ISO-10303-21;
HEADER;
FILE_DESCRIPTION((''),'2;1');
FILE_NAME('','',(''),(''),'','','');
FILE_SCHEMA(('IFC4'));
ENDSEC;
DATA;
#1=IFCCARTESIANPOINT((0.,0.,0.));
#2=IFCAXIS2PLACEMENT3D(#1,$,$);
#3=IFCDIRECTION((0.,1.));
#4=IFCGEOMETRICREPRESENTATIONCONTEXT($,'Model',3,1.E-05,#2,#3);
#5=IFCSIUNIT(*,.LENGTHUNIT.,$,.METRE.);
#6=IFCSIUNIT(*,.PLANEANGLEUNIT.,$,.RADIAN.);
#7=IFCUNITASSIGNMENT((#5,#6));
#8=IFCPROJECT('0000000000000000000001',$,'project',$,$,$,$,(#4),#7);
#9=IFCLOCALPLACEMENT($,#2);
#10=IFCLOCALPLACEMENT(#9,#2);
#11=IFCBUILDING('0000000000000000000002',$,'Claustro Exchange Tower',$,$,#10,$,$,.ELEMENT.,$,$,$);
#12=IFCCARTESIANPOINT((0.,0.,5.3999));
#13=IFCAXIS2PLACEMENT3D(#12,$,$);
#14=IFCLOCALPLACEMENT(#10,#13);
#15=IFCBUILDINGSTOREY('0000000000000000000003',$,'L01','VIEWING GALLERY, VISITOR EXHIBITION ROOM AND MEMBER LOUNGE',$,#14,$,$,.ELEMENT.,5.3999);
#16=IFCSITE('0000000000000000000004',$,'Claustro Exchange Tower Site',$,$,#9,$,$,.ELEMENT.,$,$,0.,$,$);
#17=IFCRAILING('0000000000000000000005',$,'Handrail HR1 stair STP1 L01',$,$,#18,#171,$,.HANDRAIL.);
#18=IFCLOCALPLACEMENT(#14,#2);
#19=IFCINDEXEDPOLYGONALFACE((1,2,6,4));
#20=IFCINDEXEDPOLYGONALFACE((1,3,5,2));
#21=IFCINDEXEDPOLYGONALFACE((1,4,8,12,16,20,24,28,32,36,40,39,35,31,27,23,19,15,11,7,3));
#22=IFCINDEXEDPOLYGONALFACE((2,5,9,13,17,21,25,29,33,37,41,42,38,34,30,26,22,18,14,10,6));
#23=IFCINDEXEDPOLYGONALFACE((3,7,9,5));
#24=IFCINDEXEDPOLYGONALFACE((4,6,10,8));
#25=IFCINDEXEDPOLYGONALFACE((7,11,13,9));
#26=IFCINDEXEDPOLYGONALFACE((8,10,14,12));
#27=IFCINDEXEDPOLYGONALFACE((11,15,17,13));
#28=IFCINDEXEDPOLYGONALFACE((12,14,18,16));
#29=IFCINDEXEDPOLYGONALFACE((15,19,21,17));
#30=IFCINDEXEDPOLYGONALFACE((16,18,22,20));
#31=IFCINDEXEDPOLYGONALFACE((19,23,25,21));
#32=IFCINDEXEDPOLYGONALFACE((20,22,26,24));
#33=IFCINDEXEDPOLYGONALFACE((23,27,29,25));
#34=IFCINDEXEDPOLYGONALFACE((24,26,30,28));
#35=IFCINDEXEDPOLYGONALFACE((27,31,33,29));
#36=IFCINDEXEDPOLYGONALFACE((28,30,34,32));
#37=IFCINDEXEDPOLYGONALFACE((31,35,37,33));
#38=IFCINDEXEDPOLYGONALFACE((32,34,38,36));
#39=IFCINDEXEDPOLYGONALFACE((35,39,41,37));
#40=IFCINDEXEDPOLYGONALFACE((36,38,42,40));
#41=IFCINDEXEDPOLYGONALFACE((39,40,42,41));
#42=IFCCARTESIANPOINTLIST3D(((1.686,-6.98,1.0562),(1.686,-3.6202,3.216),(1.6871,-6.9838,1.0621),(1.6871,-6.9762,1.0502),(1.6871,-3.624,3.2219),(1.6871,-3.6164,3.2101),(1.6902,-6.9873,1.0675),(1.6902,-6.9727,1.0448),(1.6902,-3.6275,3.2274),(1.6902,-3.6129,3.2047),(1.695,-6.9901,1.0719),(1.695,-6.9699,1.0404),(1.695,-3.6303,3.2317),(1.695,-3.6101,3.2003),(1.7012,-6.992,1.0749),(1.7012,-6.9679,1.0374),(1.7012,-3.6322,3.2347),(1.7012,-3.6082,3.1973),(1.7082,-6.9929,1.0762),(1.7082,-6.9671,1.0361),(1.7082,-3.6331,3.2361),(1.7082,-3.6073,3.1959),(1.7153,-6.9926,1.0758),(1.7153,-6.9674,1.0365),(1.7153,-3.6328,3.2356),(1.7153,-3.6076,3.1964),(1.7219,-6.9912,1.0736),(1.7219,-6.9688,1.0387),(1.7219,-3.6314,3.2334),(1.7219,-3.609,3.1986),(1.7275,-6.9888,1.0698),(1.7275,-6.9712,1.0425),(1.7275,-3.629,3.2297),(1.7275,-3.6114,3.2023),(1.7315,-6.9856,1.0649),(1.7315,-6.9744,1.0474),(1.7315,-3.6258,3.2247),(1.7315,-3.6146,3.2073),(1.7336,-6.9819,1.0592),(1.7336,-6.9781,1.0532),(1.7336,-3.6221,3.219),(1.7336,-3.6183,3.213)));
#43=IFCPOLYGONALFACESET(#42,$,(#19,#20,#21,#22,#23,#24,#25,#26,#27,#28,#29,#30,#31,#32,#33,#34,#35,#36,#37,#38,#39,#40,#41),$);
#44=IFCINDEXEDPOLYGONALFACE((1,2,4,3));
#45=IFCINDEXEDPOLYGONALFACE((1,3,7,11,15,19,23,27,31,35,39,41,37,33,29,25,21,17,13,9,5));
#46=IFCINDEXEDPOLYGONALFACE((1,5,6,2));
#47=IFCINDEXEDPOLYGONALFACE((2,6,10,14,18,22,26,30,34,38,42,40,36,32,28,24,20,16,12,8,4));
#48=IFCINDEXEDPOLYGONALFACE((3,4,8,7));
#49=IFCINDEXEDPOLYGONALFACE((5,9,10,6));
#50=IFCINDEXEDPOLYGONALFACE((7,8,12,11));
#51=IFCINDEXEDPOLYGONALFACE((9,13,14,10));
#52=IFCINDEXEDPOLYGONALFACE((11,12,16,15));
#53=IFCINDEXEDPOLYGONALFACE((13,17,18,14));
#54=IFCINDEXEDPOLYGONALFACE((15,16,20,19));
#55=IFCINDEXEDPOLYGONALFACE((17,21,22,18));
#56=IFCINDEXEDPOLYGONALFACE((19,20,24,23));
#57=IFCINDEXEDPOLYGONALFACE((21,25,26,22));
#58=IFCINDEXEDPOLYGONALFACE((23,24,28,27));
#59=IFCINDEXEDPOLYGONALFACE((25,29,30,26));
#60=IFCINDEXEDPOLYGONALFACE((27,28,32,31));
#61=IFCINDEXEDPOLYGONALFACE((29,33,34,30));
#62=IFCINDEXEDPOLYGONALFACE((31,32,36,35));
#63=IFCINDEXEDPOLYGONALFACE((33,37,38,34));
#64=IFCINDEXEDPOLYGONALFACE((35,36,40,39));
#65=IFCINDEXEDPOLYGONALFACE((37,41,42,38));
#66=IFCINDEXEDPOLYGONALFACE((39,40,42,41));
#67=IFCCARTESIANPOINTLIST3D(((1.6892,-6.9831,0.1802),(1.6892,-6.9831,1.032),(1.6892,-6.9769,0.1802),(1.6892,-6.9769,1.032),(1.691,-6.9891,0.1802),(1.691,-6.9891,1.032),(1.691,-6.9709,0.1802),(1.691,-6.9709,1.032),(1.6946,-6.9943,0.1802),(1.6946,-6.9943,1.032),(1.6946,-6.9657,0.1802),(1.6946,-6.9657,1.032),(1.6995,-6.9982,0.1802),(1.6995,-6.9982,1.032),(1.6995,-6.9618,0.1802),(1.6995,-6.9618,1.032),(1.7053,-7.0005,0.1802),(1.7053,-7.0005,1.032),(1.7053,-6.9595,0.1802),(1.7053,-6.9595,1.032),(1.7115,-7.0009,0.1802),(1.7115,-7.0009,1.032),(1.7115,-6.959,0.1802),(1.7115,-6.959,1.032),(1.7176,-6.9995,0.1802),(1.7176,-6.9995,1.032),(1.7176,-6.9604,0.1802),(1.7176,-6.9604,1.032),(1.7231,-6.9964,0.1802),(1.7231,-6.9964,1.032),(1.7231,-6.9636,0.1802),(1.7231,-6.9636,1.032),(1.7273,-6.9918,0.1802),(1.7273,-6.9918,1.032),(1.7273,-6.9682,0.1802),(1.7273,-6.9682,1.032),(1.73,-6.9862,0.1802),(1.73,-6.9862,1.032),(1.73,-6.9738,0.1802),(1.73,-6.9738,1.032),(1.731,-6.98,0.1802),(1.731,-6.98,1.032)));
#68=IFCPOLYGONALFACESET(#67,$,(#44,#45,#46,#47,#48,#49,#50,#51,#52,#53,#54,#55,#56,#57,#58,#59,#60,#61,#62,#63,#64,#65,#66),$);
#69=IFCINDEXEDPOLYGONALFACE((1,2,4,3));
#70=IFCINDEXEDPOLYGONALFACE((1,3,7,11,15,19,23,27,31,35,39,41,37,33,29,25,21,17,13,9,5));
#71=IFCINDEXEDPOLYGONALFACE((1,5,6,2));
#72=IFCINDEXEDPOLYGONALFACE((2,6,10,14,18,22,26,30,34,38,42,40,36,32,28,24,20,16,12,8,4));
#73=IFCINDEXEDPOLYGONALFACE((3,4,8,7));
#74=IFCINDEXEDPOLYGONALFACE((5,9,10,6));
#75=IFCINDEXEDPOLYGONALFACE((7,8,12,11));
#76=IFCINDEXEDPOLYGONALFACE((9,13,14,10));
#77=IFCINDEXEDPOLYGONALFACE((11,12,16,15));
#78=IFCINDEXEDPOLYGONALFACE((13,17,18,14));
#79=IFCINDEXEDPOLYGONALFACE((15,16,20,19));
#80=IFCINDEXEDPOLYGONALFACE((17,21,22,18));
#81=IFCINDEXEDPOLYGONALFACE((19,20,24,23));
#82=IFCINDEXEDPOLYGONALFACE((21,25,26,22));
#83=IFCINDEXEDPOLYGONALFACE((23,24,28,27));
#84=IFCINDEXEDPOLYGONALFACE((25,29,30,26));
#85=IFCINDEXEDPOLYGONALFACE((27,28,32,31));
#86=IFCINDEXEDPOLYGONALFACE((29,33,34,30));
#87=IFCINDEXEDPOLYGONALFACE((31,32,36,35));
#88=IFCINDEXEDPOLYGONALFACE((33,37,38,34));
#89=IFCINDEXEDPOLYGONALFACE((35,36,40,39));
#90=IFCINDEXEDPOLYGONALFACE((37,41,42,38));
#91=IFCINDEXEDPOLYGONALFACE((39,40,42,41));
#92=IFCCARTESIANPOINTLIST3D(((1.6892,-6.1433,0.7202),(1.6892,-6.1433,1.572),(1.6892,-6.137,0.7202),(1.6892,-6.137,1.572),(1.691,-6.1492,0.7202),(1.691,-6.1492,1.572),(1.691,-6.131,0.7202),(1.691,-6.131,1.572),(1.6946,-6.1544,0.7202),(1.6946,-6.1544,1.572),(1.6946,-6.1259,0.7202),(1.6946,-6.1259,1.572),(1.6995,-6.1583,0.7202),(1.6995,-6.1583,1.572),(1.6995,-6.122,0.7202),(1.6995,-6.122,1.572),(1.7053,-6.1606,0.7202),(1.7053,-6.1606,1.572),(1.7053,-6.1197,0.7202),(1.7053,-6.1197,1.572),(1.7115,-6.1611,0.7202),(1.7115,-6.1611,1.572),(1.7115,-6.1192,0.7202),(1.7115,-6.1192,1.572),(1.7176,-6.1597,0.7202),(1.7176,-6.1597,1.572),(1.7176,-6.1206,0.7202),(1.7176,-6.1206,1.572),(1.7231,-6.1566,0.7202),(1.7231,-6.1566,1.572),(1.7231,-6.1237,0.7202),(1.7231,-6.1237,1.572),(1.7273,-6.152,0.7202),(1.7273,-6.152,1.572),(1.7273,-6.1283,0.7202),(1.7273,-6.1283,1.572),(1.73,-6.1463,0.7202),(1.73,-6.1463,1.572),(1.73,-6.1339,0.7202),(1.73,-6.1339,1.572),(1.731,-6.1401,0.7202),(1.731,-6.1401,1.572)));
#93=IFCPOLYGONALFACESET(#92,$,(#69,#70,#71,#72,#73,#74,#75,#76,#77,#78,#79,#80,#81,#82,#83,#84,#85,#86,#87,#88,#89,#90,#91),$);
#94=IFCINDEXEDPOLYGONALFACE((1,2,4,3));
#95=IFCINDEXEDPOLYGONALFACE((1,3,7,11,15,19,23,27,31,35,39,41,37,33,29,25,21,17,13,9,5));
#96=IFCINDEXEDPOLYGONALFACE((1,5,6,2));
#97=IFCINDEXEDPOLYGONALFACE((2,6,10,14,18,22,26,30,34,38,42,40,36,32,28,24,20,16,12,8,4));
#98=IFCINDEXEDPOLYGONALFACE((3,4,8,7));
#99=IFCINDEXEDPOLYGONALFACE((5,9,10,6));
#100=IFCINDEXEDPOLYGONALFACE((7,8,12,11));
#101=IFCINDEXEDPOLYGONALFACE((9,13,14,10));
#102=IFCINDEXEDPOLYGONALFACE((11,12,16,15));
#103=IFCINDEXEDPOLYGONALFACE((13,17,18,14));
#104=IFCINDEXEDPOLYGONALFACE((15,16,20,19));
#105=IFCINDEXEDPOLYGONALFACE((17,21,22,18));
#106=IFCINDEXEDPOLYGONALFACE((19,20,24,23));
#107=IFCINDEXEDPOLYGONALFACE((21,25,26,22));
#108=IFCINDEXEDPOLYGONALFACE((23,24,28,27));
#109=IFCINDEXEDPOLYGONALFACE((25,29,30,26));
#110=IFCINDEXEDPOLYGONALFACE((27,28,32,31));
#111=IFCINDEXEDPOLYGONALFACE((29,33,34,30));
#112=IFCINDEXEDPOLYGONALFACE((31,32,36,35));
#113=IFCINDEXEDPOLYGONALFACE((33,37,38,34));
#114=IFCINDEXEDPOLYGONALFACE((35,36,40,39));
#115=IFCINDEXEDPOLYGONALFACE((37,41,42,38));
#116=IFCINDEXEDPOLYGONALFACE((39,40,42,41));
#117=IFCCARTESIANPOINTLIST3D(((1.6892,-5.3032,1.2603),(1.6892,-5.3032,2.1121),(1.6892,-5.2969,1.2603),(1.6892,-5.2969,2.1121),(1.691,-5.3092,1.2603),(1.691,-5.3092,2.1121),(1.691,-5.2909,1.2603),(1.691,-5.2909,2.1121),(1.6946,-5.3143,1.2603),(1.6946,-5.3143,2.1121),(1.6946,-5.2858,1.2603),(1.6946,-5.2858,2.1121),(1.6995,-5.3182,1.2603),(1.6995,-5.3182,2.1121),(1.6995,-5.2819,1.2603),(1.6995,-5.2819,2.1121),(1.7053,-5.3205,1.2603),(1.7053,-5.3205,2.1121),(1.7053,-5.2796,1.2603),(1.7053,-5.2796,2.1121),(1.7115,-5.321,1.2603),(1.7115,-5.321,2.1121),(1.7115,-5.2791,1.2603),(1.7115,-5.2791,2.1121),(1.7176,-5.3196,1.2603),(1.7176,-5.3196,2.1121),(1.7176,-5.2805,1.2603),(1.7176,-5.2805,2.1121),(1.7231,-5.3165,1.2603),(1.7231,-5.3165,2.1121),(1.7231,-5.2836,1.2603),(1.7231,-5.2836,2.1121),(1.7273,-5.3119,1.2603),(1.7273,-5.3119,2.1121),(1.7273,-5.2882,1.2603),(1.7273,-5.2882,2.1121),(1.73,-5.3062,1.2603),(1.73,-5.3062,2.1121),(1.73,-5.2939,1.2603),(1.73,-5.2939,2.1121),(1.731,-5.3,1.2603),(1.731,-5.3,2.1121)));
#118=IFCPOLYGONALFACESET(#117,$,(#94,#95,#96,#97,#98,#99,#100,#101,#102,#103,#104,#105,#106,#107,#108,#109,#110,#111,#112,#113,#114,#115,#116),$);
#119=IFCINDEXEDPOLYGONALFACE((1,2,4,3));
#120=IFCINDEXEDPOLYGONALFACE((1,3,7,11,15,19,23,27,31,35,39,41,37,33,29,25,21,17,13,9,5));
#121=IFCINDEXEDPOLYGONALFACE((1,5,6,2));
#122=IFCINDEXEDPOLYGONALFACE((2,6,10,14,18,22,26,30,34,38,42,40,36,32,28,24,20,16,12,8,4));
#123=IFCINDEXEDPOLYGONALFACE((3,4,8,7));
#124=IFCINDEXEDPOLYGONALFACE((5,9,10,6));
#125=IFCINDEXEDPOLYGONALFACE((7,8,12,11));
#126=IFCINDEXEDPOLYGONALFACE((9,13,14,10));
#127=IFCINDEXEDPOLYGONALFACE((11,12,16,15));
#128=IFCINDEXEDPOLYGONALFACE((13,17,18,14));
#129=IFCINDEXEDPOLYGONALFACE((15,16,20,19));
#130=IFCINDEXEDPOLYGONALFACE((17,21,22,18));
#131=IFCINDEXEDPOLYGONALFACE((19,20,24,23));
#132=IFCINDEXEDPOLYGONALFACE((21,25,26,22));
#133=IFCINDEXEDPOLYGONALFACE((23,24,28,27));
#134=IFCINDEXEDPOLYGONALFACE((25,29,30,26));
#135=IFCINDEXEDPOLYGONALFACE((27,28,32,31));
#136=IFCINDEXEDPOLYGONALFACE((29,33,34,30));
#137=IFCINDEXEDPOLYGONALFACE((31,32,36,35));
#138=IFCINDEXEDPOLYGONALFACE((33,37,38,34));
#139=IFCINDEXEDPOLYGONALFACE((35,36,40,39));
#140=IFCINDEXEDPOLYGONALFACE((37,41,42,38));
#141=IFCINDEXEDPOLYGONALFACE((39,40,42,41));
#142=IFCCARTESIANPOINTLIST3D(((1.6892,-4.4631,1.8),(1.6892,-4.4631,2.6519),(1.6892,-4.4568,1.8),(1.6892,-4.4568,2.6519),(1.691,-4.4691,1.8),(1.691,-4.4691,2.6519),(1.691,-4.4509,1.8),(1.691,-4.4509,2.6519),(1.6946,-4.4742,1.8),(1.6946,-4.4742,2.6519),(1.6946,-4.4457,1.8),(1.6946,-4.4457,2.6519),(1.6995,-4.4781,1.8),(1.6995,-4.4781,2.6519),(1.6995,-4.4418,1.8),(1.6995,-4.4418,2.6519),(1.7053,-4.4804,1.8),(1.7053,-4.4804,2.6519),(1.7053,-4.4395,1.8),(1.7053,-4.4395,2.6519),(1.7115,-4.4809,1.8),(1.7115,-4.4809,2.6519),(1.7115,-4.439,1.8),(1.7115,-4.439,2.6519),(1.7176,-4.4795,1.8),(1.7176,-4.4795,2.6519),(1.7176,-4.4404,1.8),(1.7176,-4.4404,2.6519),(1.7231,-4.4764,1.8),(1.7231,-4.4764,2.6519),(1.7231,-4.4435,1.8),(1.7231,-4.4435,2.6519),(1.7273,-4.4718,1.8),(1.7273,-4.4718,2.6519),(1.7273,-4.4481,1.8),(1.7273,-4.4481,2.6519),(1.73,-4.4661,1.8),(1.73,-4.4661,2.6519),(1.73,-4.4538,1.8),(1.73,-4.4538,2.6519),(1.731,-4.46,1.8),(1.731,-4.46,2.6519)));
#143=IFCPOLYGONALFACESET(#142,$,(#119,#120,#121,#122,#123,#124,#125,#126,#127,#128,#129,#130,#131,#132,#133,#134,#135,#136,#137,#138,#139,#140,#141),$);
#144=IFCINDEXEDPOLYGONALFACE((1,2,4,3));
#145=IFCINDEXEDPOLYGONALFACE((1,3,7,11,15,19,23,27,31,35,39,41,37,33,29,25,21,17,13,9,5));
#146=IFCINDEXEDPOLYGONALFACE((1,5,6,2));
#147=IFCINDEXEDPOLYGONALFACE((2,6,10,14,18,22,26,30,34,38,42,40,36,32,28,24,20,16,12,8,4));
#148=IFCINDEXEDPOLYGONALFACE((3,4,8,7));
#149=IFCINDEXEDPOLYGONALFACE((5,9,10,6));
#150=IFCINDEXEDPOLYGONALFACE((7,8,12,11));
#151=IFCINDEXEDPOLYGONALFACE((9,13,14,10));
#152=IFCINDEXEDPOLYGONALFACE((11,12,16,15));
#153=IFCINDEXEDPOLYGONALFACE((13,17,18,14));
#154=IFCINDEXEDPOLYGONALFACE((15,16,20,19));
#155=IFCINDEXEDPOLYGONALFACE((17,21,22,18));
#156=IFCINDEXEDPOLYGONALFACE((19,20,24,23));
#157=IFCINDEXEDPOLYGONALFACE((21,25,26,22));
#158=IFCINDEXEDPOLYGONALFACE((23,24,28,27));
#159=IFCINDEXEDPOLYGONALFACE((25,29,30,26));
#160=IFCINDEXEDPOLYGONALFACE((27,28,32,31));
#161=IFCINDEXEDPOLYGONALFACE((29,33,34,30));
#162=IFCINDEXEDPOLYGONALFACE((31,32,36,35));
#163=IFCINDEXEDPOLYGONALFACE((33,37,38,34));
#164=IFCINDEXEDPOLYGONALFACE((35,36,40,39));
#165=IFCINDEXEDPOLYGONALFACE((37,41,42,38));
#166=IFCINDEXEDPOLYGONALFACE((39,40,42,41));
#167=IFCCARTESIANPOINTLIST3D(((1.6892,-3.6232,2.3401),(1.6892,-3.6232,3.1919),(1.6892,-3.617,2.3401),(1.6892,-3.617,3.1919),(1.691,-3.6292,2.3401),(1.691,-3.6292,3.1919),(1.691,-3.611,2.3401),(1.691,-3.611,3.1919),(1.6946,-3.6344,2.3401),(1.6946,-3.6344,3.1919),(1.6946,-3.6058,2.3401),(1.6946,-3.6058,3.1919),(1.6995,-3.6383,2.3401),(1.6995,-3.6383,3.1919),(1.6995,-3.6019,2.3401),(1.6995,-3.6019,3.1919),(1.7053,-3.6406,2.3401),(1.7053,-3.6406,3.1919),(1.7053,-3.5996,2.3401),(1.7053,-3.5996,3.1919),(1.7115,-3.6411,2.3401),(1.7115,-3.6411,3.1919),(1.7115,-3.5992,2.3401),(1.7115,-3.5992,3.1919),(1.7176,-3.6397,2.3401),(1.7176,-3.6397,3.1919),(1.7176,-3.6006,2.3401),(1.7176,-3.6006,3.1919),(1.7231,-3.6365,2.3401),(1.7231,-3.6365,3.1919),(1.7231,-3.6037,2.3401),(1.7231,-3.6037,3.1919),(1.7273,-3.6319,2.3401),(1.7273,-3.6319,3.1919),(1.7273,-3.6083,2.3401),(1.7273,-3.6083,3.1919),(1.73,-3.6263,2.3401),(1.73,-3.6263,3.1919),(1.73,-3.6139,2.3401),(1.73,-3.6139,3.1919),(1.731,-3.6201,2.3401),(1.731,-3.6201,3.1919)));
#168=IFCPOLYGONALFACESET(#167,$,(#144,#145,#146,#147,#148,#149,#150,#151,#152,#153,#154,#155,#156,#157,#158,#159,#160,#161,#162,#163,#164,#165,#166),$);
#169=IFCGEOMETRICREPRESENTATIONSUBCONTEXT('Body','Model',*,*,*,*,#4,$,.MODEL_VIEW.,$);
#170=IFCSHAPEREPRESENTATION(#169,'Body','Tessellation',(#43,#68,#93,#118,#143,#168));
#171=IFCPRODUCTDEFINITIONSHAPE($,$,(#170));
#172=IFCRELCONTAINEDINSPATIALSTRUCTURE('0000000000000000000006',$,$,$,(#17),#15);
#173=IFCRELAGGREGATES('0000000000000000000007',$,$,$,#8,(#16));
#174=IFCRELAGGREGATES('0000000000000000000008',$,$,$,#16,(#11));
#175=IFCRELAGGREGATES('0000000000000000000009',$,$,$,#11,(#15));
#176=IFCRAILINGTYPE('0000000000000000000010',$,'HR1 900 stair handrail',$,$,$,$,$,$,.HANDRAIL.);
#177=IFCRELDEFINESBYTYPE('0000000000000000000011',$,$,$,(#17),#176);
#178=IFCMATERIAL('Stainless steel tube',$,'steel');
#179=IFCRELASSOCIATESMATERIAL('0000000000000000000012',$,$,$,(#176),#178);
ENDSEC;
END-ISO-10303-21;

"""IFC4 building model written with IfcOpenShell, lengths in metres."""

from ifc_helpers import new_model, si_unit, direction, frame, origin, origin_2d, place, context, subcontext, project, spatial, circle, extrude, material, type_object, element, save


model = new_model("IFC4")

# Units and contexts
model_context = context("Model", 3, precision=1e-05, world=origin(), true_north=direction((0.0, 1.0)))
body_context = subcontext(model_context, "Body", "Model", "MODEL_VIEW")
ifc_project = project(units=[si_unit("LENGTHUNIT", "METRE"), si_unit("PLANEANGLEUNIT", "RADIAN")], contexts=[model_context])

# Site, building, storey
site_placement = place(None, origin())
site = spatial("IfcSite", under=ifc_project, at=site_placement, Name="Claustro Exchange Tower Site", CompositionType="ELEMENT", RefElevation=0.0)
building_placement = place(site_placement, origin())
building = spatial("IfcBuilding", under=site, at=building_placement, Name="Claustro Exchange Tower", CompositionType="ELEMENT")
storey_placement = place(building_placement, frame((0.0, 0.0, 5.3999)))
storey = spatial("IfcBuildingStorey", under=building, at=storey_placement, Name="L01", Description="VIEWING GALLERY, VISITOR EXHIBITION ROOM AND MEMBER LOUNGE", CompositionType="ELEMENT", Elevation=5.3999)

# Railing
ifc_material_1 = material(Name="Stainless steel tube", Category="steel")
railing_type = type_object("IfcRailingType", Name="HR1 900 stair handrail", PredefinedType="HANDRAIL", material=ifc_material_1)
railing_placement = place(storey_placement, frame((1.71, -6.98, 0.1802)))
element("IfcRailing", 1, at=railing_placement, inside=storey, type_object=railing_type, Name="Handrail HR1 stair STP1 L01", PredefinedType="HANDRAIL", context=body_context, shape_type="SweptSolid", body=[
    extrude(circle(Radius=0.0239, at=origin_2d()), frame((0.0, 0.0, 0.876), z_axis=(0.0, 0.841178, 0.540758), x_axis=(-1.0, 0.0, 0.0)), (0.0, 0.0, 1.0), 3.9941),
    extrude(circle(Radius=0.021, at=origin_2d()), origin(), (0.0, 0.0, 1.0), 0.8518),
    extrude(circle(Radius=0.021, at=origin_2d()), frame((0.0, 0.8398, 0.54)), (0.0, 0.0, 1.0), 0.8518),
    extrude(circle(Radius=0.021, at=origin_2d()), frame((0.0, 1.6799, 1.0801)), (0.0, 0.0, 1.0), 0.8518),
    extrude(circle(Radius=0.021, at=origin_2d()), frame((0.0, 2.52, 1.6199)), (0.0, 0.0, 1.0), 0.8518),
    extrude(circle(Radius=0.021, at=origin_2d()), frame((0.0, 3.3599, 2.1599)), (0.0, 0.0, 1.0), 0.8518),
])

save(model, "model.ifc")
